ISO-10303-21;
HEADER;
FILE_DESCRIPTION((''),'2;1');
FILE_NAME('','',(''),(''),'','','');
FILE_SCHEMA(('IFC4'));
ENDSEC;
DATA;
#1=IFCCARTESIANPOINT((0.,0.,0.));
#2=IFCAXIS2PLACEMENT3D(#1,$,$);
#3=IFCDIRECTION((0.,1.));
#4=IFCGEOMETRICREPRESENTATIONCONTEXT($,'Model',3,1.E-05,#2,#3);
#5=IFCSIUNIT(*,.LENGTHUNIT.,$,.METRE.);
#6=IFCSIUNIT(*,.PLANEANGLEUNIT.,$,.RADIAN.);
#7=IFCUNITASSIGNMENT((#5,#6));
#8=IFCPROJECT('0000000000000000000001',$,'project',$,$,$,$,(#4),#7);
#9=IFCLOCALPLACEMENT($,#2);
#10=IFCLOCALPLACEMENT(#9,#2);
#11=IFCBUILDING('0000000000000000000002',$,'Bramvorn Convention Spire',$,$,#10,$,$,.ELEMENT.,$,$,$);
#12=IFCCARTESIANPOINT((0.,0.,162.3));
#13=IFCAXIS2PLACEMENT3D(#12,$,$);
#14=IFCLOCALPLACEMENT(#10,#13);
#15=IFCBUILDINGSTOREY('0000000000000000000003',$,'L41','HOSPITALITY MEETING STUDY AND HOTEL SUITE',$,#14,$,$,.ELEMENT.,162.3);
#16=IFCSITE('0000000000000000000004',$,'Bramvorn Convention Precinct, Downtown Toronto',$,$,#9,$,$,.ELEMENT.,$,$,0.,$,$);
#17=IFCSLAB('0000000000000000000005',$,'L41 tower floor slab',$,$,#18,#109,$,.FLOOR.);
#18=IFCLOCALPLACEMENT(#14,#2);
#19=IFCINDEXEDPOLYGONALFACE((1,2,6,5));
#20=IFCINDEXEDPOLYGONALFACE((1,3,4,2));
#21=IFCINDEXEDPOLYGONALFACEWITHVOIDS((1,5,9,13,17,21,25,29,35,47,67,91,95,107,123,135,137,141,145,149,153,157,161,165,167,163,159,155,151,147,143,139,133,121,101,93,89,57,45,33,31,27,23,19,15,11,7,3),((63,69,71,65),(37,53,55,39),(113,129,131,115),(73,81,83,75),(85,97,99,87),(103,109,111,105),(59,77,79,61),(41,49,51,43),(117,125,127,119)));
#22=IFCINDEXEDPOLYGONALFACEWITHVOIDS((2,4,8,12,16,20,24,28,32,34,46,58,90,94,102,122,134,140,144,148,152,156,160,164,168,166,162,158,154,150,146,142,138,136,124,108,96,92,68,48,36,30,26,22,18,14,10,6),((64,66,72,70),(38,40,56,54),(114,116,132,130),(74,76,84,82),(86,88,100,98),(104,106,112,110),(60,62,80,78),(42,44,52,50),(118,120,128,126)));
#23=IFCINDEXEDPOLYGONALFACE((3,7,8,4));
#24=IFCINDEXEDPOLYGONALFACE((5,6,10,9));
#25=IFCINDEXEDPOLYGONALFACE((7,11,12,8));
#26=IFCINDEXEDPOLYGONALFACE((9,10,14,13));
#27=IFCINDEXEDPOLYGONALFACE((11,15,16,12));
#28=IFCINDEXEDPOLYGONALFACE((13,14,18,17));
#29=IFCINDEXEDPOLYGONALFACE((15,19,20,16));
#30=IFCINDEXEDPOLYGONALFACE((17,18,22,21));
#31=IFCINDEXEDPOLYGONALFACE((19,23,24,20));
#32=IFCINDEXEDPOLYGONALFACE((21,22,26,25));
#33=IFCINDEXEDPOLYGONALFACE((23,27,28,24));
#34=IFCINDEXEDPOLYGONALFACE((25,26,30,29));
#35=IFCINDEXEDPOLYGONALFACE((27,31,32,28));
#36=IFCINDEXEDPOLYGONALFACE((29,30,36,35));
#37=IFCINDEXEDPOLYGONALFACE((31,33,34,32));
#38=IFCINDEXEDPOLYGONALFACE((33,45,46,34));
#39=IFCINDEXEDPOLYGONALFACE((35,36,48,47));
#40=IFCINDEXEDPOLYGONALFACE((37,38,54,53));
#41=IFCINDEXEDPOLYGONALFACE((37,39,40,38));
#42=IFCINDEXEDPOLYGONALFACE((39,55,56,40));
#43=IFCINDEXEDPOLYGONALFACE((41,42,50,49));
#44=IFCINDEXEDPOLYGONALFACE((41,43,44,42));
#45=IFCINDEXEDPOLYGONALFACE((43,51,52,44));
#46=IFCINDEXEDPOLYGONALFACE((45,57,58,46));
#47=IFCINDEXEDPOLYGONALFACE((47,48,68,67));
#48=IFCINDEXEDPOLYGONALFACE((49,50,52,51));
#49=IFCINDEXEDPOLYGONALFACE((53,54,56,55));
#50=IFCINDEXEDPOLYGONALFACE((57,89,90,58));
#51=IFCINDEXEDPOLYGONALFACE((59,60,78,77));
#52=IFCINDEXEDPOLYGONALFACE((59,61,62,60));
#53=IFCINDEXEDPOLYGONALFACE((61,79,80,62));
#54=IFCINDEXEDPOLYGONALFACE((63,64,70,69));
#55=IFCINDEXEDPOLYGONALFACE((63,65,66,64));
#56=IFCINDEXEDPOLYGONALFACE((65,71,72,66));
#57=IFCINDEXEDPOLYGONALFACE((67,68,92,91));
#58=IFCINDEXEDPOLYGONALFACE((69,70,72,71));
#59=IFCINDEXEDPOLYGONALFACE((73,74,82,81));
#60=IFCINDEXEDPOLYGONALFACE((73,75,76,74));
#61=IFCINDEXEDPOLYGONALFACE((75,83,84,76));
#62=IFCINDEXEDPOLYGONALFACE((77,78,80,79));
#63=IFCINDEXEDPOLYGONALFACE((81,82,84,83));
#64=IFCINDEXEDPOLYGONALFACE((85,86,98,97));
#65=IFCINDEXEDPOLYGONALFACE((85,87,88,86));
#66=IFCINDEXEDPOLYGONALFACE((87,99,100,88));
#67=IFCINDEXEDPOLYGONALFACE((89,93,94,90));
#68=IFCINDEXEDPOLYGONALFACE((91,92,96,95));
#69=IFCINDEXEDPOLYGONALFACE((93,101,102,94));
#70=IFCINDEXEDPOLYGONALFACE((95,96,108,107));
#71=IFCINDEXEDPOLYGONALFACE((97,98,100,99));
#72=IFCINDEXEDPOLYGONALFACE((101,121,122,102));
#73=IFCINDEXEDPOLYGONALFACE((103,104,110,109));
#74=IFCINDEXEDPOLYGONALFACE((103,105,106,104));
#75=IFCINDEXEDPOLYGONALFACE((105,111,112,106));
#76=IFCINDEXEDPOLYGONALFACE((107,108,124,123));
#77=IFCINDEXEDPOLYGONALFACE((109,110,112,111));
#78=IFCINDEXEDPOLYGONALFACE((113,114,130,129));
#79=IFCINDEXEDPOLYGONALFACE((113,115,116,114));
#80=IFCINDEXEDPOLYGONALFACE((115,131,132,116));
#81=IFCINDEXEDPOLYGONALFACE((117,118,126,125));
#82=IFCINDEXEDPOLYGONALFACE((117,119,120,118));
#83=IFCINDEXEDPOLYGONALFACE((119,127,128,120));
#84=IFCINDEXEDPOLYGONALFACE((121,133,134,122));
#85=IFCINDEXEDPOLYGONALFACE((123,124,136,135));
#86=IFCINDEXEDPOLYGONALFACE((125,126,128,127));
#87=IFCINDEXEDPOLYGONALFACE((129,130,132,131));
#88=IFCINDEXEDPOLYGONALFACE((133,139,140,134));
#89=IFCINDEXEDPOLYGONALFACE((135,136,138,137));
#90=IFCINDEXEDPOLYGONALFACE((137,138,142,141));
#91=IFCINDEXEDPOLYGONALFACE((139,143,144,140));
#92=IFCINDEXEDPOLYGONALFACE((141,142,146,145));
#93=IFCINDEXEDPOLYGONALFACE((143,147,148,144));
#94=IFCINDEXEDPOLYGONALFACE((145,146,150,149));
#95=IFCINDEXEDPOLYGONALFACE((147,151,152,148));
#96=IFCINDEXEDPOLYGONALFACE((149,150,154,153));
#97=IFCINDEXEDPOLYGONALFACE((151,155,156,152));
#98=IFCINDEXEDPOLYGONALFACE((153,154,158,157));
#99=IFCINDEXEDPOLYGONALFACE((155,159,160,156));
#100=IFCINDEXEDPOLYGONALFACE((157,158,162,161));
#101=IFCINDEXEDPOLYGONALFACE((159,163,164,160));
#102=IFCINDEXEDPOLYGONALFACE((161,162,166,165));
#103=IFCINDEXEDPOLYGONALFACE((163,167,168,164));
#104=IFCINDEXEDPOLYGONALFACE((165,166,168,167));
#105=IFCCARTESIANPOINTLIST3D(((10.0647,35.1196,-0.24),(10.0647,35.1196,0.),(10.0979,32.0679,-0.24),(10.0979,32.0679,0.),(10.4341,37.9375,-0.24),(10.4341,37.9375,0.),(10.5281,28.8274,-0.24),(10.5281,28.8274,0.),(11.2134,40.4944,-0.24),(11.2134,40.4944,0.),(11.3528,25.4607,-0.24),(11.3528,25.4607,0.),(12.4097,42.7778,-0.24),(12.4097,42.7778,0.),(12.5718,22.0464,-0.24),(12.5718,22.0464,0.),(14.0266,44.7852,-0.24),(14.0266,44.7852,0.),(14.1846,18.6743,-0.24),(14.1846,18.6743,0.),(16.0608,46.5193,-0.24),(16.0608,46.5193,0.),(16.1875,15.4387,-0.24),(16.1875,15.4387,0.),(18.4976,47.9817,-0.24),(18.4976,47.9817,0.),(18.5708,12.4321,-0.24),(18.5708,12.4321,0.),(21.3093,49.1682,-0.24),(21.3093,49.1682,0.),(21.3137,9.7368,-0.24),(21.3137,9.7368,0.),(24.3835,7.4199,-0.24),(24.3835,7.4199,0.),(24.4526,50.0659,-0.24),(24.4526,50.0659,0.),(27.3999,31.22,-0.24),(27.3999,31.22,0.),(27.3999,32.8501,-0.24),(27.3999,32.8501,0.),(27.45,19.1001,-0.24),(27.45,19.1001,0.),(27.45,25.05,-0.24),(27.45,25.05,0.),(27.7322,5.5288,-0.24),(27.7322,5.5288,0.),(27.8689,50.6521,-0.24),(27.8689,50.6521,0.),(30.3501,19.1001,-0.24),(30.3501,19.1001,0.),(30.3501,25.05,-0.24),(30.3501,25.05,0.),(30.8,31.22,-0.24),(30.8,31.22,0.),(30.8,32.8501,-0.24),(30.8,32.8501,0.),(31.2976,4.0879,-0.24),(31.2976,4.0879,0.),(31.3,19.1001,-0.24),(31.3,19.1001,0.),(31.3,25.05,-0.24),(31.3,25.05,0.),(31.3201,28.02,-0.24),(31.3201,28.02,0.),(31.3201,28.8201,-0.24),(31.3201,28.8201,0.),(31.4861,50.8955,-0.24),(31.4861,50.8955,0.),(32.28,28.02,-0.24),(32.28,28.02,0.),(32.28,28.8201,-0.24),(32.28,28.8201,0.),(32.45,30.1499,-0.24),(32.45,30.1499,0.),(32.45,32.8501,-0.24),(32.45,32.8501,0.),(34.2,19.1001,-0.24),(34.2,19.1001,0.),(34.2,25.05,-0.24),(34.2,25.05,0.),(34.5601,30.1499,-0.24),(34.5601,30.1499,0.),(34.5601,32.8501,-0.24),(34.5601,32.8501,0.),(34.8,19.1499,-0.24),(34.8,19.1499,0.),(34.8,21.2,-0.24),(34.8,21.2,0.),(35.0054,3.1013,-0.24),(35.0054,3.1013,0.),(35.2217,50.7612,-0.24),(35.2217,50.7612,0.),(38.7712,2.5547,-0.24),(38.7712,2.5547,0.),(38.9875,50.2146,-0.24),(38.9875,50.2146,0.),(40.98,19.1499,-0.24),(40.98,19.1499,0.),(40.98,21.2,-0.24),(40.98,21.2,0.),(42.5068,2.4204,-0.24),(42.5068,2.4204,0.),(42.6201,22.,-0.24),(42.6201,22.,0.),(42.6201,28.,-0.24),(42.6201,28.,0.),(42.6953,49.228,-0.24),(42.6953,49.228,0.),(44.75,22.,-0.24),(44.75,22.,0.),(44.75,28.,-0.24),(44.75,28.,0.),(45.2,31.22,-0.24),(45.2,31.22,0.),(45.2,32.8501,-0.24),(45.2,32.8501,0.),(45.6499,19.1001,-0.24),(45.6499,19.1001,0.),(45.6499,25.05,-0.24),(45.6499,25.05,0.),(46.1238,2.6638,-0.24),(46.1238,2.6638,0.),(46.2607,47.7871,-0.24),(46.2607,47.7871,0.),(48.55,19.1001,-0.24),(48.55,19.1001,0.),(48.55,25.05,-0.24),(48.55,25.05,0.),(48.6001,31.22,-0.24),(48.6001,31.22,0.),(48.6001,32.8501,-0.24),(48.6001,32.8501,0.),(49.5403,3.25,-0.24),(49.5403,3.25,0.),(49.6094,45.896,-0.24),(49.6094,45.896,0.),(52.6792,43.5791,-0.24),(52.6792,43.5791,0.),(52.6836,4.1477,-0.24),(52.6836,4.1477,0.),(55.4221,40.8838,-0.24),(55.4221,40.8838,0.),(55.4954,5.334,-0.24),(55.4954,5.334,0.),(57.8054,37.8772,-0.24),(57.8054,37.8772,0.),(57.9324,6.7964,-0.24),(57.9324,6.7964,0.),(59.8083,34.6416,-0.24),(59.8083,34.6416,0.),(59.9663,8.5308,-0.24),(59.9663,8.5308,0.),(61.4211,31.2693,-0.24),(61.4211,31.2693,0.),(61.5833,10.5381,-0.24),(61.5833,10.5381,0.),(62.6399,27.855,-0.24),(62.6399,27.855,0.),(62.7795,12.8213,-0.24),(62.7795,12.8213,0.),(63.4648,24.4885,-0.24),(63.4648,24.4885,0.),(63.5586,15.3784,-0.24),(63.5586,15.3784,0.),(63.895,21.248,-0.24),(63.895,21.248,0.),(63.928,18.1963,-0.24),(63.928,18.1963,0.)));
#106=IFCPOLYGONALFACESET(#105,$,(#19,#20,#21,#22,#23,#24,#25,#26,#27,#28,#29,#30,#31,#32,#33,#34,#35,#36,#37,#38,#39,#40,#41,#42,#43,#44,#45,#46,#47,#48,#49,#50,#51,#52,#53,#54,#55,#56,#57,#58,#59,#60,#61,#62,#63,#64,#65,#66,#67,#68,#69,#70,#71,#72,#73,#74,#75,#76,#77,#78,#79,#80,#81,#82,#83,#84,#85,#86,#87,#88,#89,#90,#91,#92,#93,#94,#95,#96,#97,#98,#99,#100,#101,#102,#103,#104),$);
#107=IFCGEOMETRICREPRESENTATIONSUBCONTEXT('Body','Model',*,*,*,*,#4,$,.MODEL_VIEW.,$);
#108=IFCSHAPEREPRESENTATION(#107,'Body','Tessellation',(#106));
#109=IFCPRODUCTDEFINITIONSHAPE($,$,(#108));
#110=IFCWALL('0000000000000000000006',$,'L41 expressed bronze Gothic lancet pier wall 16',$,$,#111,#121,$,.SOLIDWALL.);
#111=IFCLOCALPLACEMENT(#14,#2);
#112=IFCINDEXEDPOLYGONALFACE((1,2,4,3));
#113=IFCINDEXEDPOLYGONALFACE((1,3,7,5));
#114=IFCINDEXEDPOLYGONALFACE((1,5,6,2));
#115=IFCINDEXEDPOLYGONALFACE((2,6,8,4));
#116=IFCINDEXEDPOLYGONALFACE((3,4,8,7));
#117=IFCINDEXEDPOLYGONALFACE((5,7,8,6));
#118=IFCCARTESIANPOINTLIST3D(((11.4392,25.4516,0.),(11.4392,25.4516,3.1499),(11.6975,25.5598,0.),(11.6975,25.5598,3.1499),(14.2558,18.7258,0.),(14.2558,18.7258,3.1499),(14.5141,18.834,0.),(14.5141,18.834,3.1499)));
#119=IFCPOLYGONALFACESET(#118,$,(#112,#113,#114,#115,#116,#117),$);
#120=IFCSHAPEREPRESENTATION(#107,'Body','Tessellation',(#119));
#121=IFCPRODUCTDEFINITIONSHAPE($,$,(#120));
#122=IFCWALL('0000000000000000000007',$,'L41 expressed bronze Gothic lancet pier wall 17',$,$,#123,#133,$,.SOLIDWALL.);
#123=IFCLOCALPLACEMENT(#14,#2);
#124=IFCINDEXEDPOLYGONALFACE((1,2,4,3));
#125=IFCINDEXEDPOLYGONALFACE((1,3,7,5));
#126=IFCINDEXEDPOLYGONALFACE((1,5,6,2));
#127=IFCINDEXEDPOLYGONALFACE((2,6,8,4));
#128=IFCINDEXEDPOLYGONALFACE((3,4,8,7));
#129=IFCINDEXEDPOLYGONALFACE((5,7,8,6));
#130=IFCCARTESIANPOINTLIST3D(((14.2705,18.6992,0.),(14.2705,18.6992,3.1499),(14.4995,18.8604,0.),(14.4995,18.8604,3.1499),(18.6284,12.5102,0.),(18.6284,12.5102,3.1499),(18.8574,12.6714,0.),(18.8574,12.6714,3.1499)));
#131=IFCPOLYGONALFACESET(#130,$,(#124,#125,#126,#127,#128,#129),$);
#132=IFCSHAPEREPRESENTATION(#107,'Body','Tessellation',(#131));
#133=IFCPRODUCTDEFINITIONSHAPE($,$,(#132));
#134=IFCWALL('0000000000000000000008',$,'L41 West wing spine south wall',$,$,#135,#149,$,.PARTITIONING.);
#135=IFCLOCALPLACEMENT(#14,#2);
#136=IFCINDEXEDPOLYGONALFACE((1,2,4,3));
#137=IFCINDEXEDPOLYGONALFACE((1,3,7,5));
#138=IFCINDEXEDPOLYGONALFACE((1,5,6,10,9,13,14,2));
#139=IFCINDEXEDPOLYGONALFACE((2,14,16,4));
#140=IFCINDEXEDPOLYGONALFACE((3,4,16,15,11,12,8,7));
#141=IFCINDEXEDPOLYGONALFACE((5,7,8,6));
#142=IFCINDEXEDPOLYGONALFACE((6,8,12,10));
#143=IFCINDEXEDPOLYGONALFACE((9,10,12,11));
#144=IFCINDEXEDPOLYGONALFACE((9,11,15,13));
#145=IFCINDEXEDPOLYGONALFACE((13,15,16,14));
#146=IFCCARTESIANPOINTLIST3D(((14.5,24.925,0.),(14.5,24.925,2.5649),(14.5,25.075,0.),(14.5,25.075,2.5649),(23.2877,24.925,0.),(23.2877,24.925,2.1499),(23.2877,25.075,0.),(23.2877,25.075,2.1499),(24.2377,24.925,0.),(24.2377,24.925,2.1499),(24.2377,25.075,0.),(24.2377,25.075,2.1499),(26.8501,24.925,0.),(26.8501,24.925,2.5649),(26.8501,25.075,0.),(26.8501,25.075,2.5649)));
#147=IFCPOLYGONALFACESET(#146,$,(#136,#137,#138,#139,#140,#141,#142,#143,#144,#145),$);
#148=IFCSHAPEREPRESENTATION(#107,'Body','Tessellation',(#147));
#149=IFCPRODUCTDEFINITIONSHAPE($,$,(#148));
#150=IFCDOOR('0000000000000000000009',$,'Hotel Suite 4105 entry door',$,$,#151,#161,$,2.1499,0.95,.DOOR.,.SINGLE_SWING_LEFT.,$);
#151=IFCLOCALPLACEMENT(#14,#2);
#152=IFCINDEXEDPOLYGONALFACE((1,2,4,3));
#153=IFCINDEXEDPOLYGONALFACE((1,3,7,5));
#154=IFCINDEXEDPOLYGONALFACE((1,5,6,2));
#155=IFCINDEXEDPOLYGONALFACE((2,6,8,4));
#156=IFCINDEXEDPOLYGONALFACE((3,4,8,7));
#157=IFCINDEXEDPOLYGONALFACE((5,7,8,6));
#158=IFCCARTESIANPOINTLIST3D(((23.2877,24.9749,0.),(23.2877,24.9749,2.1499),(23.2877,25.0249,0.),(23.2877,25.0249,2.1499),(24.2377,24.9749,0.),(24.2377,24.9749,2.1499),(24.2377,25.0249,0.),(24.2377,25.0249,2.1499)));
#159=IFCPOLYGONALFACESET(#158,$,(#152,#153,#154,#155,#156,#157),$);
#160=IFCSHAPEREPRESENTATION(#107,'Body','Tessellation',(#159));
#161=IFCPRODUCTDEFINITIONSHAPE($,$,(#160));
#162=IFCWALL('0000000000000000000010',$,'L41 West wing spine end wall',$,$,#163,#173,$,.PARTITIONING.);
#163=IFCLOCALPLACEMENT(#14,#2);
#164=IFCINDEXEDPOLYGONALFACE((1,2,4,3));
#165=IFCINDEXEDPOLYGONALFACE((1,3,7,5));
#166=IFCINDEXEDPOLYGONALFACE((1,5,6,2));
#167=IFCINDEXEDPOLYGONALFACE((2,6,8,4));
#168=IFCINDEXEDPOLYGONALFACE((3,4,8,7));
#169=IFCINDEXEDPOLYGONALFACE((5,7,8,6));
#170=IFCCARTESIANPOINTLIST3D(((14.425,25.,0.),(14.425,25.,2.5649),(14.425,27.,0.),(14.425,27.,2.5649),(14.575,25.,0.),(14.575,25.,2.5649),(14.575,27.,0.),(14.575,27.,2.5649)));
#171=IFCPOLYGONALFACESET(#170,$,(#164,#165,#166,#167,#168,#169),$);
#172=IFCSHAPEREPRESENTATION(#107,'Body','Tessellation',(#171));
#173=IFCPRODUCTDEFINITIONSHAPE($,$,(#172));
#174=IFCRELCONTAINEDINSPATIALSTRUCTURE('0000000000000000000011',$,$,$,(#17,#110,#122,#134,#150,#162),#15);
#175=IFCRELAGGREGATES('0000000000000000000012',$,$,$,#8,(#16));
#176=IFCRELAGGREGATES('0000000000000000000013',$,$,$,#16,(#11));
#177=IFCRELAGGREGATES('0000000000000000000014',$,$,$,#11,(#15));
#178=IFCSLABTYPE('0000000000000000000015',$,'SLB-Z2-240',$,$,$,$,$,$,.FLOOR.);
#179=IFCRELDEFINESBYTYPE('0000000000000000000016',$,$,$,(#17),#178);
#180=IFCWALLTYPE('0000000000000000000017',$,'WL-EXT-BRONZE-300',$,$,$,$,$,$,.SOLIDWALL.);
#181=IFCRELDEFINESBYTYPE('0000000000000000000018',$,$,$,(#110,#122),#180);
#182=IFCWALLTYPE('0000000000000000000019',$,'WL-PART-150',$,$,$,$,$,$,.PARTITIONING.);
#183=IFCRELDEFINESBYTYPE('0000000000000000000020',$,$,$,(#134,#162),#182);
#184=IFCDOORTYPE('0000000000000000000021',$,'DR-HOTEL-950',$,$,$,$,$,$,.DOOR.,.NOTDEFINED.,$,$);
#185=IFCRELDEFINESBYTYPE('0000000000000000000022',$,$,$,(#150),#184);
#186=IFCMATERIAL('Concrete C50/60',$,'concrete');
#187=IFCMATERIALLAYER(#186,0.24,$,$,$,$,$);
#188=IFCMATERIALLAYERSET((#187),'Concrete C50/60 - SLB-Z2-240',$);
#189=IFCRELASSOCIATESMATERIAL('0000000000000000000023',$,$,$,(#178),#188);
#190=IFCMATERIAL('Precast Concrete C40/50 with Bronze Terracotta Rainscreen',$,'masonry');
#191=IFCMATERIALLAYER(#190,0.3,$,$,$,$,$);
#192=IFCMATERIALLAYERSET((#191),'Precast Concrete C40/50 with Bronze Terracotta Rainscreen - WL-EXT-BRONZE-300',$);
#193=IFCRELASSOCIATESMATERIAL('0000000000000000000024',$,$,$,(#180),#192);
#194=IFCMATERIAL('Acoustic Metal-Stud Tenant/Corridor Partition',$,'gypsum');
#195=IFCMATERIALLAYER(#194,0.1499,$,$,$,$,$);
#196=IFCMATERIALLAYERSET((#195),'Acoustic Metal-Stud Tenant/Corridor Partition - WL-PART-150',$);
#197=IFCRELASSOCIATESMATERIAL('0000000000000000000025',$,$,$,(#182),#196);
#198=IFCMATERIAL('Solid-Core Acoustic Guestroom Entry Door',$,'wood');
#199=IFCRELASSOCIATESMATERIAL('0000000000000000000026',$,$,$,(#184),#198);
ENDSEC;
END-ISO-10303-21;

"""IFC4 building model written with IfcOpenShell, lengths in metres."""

from ifc_helpers import new_model, si_unit, direction, frame, frame_2d, origin, place, context, subcontext, project, spatial, polyline, rectangle, outline, extrude, material, layer, layer_set, type_object, element, fill, save


model = new_model("IFC4")

# Units and contexts
model_context = context("Model", 3, precision=1e-05, world=origin(), true_north=direction((0.0, 1.0)))
body_context = subcontext(model_context, "Body", "Model", "MODEL_VIEW")
ifc_project = project(units=[si_unit("LENGTHUNIT", "METRE"), si_unit("PLANEANGLEUNIT", "RADIAN")], contexts=[model_context])

# Site, building, storey
site_placement = place(None, origin())
site = spatial("IfcSite", under=ifc_project, at=site_placement, Name="Bramvorn Convention Precinct, Downtown Toronto", CompositionType="ELEMENT", RefElevation=0.0)
building_placement = place(site_placement, origin())
building = spatial("IfcBuilding", under=site, at=building_placement, Name="Bramvorn Convention Spire", CompositionType="ELEMENT")
storey_placement = place(building_placement, frame((0.0, 0.0, 162.3)))
storey = spatial("IfcBuildingStorey", under=building, at=storey_placement, Name="L41", Description="HOSPITALITY MEETING STUDY AND HOTEL SUITE", CompositionType="ELEMENT", Elevation=162.3)

# Slab
ifc_material_1 = material(Name="Concrete C50/60", Category="concrete")
ifc_layer_1 = layer(ifc_material_1, 0.24)
ifc_layer_set_1 = layer_set([ifc_layer_1], Name="Concrete C50/60 - SLB-Z2-240")
slab_type_1 = type_object("IfcSlabType", Name="SLB-Z2-240", PredefinedType="FLOOR", material=ifc_layer_set_1)
slab_1_placement = place(storey_placement, frame((0.0, 0.0, -0.24)))
element("IfcSlab", 1, at=slab_1_placement, inside=storey, type_object=slab_type_1, Name="L41 tower floor slab", PredefinedType="FLOOR", context=body_context, shape_type="SweptSolid", body=[
    extrude(outline(polyline([(61.5833, 10.5381), (62.7795, 12.8213), (63.5586, 15.3784), (63.928, 18.1963), (63.895, 21.248), (63.4648, 24.4885), (62.6399, 27.855), (61.4211, 31.2693), (59.8083, 34.6416), (57.8054, 37.8772), (55.4221, 40.8838), (52.6792, 43.5791), (49.6094, 45.896), (46.2607, 47.7871), (42.6953, 49.228), (38.9875, 50.2146), (35.2217, 50.7612), (31.4861, 50.8955), (27.8689, 50.6521), (24.4526, 50.0659), (21.3093, 49.1682), (18.4976, 47.9817), (16.0608, 46.5193), (14.0266, 44.7852), (12.4097, 42.7778), (11.2134, 40.4944), (10.4341, 37.9375), (10.0647, 35.1196), (10.0979, 32.0679), (10.5281, 28.8274), (11.3528, 25.4607), (12.5718, 22.0464), (14.1846, 18.6743), (16.1875, 15.4387), (18.5708, 12.4321), (21.3137, 9.7368), (24.3835, 7.4199), (27.7322, 5.5288), (31.2976, 4.0879), (35.0054, 3.1013), (38.7712, 2.5547), (42.5068, 2.4204), (46.1238, 2.6638), (49.5403, 3.25), (52.6836, 4.1477), (55.4954, 5.334), (57.9324, 6.7964), (59.9663, 8.5308), (61.5833, 10.5381)]), holes=[polyline([(27.45, 25.05), (27.45, 19.1001), (30.3501, 19.1001), (30.3501, 25.05), (27.45, 25.05)]), polyline([(45.6499, 25.05), (45.6499, 19.1001), (48.55, 19.1001), (48.55, 25.05), (45.6499, 25.05)]), polyline([(31.3, 25.05), (31.3, 19.1001), (34.2, 19.1001), (34.2, 25.05), (31.3, 25.05)]), polyline([(27.3999, 31.22), (30.8, 31.22), (30.8, 32.8501), (27.3999, 32.8501), (27.3999, 31.22)]), polyline([(45.2, 31.22), (48.6001, 31.22), (48.6001, 32.8501), (45.2, 32.8501), (45.2, 31.22)]), polyline([(32.45, 30.1499), (34.5601, 30.1499), (34.5601, 32.8501), (32.45, 32.8501), (32.45, 30.1499)]), polyline([(34.8, 19.1499), (40.98, 19.1499), (40.98, 21.2), (34.8, 21.2), (34.8, 19.1499)]), polyline([(42.6201, 22.0), (44.75, 22.0), (44.75, 28.0), (42.6201, 28.0), (42.6201, 22.0)]), polyline([(31.3201, 28.02), (32.28, 28.02), (32.28, 28.8201), (31.3201, 28.8201), (31.3201, 28.02)])]), origin(), (0.0, 0.0, 1.0), 0.24),
])

# Walls
ifc_material_2 = material(Name="Precast Concrete C40/50 with Bronze Terracotta Rainscreen", Category="masonry")
ifc_layer_2 = layer(ifc_material_2, 0.3)
ifc_layer_set_2 = layer_set([ifc_layer_2], Name="Precast Concrete C40/50 with Bronze Terracotta Rainscreen - WL-EXT-BRONZE-300")
wall_type_1 = type_object("IfcWallType", Name="WL-EXT-BRONZE-300", PredefinedType="SOLIDWALL", material=ifc_layer_set_2)
wall_1_placement = place(storey_placement, frame((14.385, 18.7798, 0.0), z_axis=(0.0, 0.0, 1.0), x_axis=(-0.386277, 0.922383, 0.0)))
element("IfcWall", 2, at=wall_1_placement, inside=storey, type_object=wall_type_1, Name="L41 expressed bronze Gothic lancet pier wall 16", PredefinedType="SOLIDWALL", context=body_context, shape_type="SweptSolid", body=[
    extrude(rectangle(XDim=7.2917, YDim=0.28, at=frame_2d((3.646, 0.0))), origin(), (0.0, 0.0, 1.0), 3.1499),
])
wall_2_placement = place(storey_placement, frame((18.7429, 12.5908, 0.0), z_axis=(0.0, 0.0, 1.0), x_axis=(-0.575733, 0.817638, 0.0)))
element("IfcWall", 3, at=wall_2_placement, inside=storey, type_object=wall_type_1, Name="L41 expressed bronze Gothic lancet pier wall 17", PredefinedType="SOLIDWALL", context=body_context, shape_type="SweptSolid", body=[
    extrude(rectangle(XDim=7.5693, YDim=0.28, at=frame_2d((3.7847, 0.0))), origin(), (0.0, 0.0, 1.0), 3.1499),
])

# Wall, opening, door
ifc_material_3 = material(Name="Acoustic Metal-Stud Tenant/Corridor Partition", Category="gypsum")
ifc_layer_3 = layer(ifc_material_3, 0.1499)
ifc_layer_set_3 = layer_set([ifc_layer_3], Name="Acoustic Metal-Stud Tenant/Corridor Partition - WL-PART-150")
wall_type_2 = type_object("IfcWallType", Name="WL-PART-150", PredefinedType="PARTITIONING", material=ifc_layer_set_3)
wall_3_placement = place(storey_placement, frame((14.5, 25.0, 0.0), z_axis=(0.0, 0.0, 1.0), x_axis=(1.0, 0.0, 0.0)))
wall_3 = element("IfcWall", 4, at=wall_3_placement, inside=storey, type_object=wall_type_2, Name="L41 West wing spine south wall", PredefinedType="PARTITIONING", context=body_context, shape_type="SweptSolid", body=[
    extrude(rectangle(XDim=12.3501, YDim=0.1499, at=frame_2d((6.175, 0.0))), origin(), (0.0, 0.0, 1.0), 2.5649),
])
opening_placement = place(wall_3_placement, frame((8.7876, 0.0, 0.0)))
opening = element("IfcOpeningElement", 5, at=opening_placement, cuts=wall_3, PredefinedType="OPENING", context=body_context, shape_type="SweptSolid", body=[
    extrude(rectangle(XDim=0.95, YDim=2.1499, at=frame_2d((0.4751, 1.075))), frame((0.0, 0.085, 0.0), z_axis=(0.0, -1.0, 0.0), x_axis=(1.0, 0.0, 0.0)), (0.0, 0.0, 1.0), 0.1699),
])
ifc_material_4 = material(Name="Solid-Core Acoustic Guestroom Entry Door", Category="wood")
door_type = type_object("IfcDoorType", Name="DR-HOTEL-950", OperationType="NOTDEFINED", PredefinedType="DOOR", material=ifc_material_4)
door_placement = place(opening_placement, origin())
door = element("IfcDoor", 6, at=door_placement, inside=storey, type_object=door_type, Name="Hotel Suite 4105 entry door", OperationType="SINGLE_SWING_LEFT", OverallHeight=2.1499, OverallWidth=0.95, PredefinedType="DOOR", context=body_context, shape_type="SweptSolid", body=[
    extrude(rectangle(XDim=0.95, YDim=2.1499, at=frame_2d((0.4751, 1.075))), frame((0.0, 0.0249, 0.0), z_axis=(0.0, -1.0, 0.0), x_axis=(1.0, 0.0, 0.0)), (0.0, 0.0, 1.0), 0.05),
])
fill(opening, door)

# Wall
wall_4_placement = place(storey_placement, frame((14.5, 25.0, 0.0), z_axis=(0.0, 0.0, 1.0), x_axis=(0.0, 1.0, 0.0)))
element("IfcWall", 7, at=wall_4_placement, inside=storey, type_object=wall_type_2, Name="L41 West wing spine end wall", PredefinedType="PARTITIONING", context=body_context, shape_type="SweptSolid", body=[
    extrude(rectangle(XDim=2.0, YDim=0.1499, at=frame_2d((1.0, 0.0))), origin(), (0.0, 0.0, 1.0), 2.5649),
])

save(model, "model.ifc")
